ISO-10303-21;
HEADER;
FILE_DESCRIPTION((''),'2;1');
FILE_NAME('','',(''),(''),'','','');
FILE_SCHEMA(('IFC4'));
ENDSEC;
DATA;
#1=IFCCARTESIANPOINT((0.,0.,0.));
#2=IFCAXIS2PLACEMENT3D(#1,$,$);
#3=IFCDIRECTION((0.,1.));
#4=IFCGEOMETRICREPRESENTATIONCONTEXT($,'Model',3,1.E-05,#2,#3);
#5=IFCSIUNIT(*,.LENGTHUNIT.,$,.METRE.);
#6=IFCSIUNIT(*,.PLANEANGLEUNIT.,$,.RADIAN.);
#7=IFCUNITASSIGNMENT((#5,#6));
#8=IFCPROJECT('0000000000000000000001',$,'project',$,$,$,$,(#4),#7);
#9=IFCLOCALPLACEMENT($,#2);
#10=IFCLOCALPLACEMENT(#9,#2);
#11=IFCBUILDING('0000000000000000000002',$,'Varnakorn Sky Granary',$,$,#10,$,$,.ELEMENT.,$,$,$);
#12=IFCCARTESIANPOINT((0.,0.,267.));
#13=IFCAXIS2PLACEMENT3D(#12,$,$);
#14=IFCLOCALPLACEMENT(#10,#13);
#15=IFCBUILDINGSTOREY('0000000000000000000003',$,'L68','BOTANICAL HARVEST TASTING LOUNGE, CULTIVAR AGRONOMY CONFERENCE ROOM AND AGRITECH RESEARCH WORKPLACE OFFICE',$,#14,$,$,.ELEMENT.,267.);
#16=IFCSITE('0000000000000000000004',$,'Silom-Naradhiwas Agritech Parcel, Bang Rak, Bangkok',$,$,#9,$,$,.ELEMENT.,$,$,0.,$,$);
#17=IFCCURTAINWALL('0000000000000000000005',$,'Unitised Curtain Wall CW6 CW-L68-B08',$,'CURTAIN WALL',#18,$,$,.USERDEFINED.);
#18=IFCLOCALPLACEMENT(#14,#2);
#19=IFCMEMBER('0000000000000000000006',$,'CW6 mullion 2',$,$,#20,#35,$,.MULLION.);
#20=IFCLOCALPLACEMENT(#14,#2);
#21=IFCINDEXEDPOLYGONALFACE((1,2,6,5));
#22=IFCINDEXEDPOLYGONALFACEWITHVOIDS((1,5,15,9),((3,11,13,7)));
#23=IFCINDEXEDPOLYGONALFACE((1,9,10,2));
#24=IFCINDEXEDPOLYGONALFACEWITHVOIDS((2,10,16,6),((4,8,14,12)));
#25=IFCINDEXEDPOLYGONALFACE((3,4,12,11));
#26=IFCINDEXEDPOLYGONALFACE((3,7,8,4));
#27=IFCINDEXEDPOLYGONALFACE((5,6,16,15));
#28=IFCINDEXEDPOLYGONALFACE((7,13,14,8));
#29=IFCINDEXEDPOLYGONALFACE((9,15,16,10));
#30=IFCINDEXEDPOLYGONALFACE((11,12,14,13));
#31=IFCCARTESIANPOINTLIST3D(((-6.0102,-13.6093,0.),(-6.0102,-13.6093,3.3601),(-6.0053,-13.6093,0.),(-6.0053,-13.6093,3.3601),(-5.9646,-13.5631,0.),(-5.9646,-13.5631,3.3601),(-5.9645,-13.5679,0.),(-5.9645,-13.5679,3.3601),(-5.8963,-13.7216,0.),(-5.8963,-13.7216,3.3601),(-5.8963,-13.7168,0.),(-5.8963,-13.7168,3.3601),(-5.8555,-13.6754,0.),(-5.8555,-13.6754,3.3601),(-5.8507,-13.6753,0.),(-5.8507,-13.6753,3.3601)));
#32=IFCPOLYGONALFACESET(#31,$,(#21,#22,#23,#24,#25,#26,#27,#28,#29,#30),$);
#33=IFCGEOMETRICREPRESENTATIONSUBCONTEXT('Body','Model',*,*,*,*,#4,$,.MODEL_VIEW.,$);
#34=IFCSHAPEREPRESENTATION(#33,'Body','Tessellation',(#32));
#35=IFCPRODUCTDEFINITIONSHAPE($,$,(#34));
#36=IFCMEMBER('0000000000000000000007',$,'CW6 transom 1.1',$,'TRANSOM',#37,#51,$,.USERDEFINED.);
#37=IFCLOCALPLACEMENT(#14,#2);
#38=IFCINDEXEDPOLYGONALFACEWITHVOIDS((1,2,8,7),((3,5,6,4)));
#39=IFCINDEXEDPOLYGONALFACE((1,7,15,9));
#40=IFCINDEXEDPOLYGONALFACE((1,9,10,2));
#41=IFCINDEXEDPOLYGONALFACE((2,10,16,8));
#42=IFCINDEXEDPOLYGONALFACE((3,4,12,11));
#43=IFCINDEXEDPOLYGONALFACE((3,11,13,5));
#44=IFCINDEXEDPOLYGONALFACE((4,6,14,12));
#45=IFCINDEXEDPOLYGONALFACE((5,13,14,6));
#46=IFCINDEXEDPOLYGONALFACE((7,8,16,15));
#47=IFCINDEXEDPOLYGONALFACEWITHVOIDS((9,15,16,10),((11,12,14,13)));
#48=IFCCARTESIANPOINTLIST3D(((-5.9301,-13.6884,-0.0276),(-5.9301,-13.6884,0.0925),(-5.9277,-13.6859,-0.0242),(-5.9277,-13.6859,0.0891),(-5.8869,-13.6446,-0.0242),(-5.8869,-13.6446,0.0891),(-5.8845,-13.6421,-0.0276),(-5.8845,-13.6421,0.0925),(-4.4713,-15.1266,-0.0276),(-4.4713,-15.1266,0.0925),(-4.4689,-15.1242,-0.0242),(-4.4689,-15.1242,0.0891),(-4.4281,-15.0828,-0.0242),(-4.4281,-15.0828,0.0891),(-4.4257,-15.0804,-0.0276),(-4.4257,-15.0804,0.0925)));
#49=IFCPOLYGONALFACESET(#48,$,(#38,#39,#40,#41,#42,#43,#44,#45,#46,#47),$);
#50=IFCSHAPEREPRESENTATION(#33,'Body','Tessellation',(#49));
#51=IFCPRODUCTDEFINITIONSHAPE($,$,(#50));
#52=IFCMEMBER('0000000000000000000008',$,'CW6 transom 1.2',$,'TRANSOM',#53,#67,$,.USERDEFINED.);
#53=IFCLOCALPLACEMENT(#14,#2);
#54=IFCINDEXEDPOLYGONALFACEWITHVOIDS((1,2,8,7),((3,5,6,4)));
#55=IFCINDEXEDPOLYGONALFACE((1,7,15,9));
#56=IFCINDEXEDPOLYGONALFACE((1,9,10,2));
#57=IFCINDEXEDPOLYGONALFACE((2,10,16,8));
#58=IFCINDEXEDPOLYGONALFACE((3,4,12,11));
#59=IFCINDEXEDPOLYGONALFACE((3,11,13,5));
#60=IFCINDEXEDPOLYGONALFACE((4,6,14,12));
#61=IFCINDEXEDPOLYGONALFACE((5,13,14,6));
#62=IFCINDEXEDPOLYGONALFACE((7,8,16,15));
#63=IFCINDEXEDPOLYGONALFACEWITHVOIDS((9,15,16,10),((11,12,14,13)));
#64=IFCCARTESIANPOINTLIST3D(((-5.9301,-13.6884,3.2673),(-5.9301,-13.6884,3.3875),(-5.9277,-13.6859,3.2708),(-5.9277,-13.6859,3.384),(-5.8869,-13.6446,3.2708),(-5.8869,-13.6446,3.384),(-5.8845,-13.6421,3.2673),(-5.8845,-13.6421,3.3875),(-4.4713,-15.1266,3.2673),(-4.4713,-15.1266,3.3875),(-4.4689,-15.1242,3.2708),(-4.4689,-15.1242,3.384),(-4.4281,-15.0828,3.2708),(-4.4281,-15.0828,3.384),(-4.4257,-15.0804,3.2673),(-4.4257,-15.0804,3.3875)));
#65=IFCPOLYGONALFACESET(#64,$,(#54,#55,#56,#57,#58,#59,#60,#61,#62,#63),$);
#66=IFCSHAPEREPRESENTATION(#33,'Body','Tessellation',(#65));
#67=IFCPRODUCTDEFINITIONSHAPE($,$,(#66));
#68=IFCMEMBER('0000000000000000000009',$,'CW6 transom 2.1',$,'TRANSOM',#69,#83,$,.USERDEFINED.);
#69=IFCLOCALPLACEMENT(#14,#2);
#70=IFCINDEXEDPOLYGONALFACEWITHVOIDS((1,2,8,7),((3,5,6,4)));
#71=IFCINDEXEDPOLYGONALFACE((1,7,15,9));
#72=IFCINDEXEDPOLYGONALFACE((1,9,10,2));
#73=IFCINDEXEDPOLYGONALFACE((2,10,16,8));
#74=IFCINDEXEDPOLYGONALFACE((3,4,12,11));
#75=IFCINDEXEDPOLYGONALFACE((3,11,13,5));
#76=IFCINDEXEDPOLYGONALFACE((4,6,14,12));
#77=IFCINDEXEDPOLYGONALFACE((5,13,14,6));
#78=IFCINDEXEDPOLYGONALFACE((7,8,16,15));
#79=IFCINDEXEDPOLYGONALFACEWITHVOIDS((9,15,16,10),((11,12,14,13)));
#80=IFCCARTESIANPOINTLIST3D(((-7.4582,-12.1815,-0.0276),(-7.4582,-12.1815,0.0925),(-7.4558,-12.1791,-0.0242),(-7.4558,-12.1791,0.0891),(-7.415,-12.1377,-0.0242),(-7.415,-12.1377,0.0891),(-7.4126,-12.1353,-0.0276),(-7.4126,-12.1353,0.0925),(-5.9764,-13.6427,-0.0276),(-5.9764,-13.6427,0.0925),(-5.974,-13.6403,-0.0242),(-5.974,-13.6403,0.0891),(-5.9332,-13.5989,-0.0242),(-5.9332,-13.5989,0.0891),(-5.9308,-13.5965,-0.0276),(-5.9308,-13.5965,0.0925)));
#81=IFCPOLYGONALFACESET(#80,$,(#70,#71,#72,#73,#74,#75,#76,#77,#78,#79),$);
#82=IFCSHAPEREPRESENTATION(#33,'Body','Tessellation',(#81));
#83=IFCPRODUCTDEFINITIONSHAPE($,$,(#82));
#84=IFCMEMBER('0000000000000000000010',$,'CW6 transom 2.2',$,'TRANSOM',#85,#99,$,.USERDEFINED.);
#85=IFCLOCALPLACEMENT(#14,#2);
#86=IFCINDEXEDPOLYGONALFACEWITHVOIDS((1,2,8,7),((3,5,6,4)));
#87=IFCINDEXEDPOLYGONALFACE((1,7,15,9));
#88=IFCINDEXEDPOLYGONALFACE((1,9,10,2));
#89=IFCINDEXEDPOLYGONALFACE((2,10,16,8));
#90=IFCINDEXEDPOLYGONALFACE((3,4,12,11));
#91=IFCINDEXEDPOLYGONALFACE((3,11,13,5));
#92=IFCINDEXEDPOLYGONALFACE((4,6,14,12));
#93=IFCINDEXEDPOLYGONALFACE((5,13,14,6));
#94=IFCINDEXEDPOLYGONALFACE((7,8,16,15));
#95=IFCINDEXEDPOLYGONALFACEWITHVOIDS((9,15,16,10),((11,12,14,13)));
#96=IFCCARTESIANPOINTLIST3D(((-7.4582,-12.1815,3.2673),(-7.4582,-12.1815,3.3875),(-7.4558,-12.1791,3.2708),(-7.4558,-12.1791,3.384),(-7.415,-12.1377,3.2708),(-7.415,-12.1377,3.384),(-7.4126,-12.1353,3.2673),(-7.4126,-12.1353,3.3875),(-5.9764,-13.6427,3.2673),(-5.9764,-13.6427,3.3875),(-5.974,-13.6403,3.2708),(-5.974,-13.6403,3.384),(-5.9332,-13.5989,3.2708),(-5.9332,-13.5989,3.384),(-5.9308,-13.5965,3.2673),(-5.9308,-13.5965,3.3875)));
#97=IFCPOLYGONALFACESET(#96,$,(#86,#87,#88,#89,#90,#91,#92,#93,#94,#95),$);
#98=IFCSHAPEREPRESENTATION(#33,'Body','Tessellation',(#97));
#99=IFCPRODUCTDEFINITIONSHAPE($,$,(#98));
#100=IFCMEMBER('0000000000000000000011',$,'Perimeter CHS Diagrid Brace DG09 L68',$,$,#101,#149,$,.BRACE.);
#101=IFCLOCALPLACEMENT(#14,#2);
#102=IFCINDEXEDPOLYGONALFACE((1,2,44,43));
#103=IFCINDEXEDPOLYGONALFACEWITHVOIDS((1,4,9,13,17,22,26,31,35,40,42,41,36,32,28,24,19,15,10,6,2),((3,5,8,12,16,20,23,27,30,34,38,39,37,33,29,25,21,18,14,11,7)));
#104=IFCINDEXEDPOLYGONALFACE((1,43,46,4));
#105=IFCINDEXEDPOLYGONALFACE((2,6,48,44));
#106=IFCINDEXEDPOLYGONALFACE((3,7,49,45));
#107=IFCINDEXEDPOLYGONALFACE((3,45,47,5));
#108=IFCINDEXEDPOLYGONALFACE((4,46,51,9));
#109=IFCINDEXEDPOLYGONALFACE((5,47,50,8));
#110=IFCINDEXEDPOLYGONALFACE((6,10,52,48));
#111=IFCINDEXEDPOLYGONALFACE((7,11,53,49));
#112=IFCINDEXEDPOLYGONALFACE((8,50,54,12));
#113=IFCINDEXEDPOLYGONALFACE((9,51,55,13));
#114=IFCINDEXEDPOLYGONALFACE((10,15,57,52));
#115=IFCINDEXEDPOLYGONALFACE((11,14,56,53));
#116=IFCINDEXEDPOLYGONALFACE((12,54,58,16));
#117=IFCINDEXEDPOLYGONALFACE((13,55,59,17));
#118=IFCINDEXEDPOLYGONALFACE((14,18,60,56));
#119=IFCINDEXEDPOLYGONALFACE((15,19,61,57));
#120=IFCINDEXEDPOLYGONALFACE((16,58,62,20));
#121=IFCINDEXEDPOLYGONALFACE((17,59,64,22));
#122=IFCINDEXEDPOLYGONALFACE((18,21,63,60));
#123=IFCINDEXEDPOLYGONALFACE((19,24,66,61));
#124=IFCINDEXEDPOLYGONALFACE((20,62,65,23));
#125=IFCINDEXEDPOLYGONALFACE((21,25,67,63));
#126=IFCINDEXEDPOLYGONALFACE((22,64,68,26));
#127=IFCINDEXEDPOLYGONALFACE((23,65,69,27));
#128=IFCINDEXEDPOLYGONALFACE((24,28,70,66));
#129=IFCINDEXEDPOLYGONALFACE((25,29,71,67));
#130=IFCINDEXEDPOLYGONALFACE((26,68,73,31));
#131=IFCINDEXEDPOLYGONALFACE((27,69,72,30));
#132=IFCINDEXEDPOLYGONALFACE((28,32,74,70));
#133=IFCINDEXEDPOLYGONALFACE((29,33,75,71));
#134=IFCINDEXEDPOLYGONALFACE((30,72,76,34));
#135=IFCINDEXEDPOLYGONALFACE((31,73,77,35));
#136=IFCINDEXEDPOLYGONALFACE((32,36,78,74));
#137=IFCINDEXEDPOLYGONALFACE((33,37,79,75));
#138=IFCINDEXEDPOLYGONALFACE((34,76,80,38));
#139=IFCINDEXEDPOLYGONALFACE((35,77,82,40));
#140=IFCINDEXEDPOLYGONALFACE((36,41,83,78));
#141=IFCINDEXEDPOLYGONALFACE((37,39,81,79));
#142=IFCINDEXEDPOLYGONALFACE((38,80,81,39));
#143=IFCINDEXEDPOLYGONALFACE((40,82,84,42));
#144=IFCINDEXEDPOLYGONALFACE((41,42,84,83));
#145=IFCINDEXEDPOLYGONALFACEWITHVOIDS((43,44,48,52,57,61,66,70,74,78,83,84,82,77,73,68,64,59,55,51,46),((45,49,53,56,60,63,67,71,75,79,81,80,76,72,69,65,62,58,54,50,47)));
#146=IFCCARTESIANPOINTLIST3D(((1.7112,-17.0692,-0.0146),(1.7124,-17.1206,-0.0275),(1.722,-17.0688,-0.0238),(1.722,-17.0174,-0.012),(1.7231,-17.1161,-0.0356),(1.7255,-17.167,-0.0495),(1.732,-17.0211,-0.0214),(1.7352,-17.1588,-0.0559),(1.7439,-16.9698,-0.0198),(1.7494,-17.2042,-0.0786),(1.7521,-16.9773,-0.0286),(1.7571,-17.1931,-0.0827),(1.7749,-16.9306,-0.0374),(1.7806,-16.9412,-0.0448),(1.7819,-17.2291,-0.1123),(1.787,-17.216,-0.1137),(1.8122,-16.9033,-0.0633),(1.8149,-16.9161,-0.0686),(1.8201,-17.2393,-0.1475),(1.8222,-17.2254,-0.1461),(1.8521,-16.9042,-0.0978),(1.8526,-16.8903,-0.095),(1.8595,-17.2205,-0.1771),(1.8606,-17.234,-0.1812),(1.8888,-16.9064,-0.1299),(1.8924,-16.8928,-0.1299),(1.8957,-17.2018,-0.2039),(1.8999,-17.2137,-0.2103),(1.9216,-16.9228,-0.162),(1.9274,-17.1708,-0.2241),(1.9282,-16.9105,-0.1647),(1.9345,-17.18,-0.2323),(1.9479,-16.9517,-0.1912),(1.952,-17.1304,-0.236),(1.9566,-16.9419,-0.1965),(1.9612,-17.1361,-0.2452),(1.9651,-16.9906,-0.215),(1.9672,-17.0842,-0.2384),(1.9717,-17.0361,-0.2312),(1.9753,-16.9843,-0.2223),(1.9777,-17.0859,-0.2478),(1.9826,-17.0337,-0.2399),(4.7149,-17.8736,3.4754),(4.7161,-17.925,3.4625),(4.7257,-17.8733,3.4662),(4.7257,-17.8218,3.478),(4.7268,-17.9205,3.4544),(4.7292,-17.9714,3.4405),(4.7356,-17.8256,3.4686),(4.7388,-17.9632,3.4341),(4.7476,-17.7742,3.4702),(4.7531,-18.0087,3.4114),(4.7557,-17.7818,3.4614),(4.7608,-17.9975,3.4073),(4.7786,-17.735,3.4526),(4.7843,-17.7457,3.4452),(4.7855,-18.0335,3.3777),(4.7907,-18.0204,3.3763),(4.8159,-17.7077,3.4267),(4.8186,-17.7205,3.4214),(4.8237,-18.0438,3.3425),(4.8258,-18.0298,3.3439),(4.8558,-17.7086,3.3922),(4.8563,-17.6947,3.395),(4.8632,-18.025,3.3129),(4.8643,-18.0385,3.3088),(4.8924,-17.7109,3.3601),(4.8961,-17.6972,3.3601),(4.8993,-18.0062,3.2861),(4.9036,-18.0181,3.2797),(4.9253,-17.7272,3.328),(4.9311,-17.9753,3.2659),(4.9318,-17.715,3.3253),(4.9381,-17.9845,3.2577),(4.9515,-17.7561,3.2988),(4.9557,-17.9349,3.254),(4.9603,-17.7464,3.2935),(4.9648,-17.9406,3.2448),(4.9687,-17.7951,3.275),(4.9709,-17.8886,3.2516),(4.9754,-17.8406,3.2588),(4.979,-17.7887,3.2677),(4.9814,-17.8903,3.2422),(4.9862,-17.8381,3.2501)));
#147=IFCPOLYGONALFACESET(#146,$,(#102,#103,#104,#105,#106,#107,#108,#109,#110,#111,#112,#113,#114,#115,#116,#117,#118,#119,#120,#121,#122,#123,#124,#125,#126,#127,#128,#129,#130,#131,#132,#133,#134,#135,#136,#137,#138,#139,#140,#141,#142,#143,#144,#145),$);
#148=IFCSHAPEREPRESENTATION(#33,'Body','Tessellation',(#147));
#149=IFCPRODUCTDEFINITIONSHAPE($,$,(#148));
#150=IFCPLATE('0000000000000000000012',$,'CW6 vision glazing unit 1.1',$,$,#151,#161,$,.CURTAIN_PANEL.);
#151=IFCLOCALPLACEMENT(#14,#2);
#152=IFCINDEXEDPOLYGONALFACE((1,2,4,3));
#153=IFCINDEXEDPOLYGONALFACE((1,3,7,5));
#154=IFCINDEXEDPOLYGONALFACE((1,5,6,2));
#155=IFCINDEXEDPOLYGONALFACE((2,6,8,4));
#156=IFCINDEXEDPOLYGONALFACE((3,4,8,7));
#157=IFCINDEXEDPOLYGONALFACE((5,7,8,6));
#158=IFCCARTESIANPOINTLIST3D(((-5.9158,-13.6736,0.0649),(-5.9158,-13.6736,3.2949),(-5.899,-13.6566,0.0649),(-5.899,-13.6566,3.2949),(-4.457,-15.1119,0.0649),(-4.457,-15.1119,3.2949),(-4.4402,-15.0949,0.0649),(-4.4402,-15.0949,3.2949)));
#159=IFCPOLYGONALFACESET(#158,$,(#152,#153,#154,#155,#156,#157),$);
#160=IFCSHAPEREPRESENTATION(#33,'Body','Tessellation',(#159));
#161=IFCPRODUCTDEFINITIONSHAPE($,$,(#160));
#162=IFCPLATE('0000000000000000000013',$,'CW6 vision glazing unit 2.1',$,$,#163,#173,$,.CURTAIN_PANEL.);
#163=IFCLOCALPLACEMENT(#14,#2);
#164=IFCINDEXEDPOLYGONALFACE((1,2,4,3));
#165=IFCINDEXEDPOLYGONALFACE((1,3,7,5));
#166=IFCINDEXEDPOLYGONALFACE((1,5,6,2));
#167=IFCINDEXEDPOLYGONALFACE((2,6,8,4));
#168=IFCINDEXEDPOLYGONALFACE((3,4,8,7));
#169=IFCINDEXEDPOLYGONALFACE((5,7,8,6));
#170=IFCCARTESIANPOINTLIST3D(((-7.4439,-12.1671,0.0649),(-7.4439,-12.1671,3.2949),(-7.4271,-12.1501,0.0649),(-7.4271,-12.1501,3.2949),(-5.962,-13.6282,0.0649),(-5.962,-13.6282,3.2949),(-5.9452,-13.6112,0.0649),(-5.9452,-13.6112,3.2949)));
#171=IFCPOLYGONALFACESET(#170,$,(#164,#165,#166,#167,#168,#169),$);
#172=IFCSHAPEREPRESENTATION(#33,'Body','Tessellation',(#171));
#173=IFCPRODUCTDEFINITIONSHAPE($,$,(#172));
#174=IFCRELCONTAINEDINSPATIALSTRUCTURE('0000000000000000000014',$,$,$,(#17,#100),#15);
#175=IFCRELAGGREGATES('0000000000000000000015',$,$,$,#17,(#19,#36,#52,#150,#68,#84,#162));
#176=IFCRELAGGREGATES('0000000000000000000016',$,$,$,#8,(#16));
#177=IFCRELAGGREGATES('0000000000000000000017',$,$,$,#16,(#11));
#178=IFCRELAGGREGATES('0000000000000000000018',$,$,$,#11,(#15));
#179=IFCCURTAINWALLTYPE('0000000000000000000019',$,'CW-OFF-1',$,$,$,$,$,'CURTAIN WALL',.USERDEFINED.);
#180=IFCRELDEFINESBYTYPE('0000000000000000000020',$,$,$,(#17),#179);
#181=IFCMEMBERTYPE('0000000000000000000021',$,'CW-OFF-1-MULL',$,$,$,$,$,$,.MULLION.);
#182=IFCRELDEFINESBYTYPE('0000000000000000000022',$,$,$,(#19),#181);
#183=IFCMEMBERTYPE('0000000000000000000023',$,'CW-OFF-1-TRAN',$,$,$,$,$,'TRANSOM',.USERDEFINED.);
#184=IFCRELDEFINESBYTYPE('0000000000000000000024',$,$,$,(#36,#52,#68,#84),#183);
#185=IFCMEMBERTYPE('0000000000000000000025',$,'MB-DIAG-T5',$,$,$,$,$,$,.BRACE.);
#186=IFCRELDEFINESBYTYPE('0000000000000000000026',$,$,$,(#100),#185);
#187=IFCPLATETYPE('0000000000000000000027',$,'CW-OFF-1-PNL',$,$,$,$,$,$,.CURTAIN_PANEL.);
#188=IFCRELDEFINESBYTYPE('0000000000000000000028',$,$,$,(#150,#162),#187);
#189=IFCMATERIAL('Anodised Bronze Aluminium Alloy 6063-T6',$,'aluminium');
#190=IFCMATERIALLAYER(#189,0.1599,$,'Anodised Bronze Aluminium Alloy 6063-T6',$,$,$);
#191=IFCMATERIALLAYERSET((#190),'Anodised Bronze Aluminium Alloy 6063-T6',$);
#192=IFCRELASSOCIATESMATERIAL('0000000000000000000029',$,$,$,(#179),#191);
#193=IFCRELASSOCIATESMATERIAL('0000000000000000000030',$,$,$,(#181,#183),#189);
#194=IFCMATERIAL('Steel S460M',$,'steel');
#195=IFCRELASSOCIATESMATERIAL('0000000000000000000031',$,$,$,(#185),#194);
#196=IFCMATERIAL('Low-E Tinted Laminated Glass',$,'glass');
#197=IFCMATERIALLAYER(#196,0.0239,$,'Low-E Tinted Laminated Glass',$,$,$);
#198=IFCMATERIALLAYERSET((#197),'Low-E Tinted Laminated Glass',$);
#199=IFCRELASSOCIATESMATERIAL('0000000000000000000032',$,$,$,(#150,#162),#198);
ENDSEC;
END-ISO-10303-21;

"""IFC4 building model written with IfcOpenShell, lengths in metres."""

from ifc_helpers import new_model, si_unit, direction, frame, origin, origin_2d, place, context, subcontext, project, spatial, rectangle, hollow_rectangle, hollow_circle, extrude, source, transform, mapped, material, layer, layer_set, material_profile, profile_set, type_object, type_shapes, element, aggregate, save


model = new_model("IFC4")

# Units and contexts
model_context = context("Model", 3, precision=1e-05, world=origin(), true_north=direction((0.0, 1.0)))
body_context = subcontext(model_context, "Body", "Model", "MODEL_VIEW")
ifc_project = project(units=[si_unit("LENGTHUNIT", "METRE"), si_unit("PLANEANGLEUNIT", "RADIAN")], contexts=[model_context])

# Site, building, storey
site_placement = place(None, origin())
site = spatial("IfcSite", under=ifc_project, at=site_placement, Name="Silom-Naradhiwas Agritech Parcel, Bang Rak, Bangkok", CompositionType="ELEMENT", RefElevation=0.0)
building_placement = place(site_placement, origin())
building = spatial("IfcBuilding", under=site, at=building_placement, Name="Varnakorn Sky Granary", CompositionType="ELEMENT")
storey_placement = place(building_placement, frame((0.0, 0.0, 267.0)))
storey = spatial("IfcBuildingStorey", under=building, at=storey_placement, Name="L68", Description="BOTANICAL HARVEST TASTING LOUNGE, CULTIVAR AGRONOMY CONFERENCE ROOM AND AGRITECH RESEARCH WORKPLACE OFFICE", CompositionType="ELEMENT", Elevation=267.0)

# Shared definitions
ifc_material_1 = material(Name="Steel S460M", Category="steel")

# Curtain wall, members
ifc_material_2 = material(Name="Anodised Bronze Aluminium Alloy 6063-T6", Category="aluminium")
ifc_layer_1 = layer(ifc_material_2, 0.1599, Name="Anodised Bronze Aluminium Alloy 6063-T6")
ifc_layer_set_1 = layer_set([ifc_layer_1], Name="Anodised Bronze Aluminium Alloy 6063-T6")
curtain_wall_type = type_object("IfcCurtainWallType", Name="CW-OFF-1", ElementType="CURTAIN WALL", PredefinedType="USERDEFINED", material=ifc_layer_set_1)
curtain_wall_placement = place(storey_placement, origin())
curtain_wall = element("IfcCurtainWall", 1, at=curtain_wall_placement, inside=storey, type_object=curtain_wall_type, Name="Unitised Curtain Wall CW6 CW-L68-B08", ObjectType="CURTAIN WALL", PredefinedType="USERDEFINED")
ifc_material_profile_1 = material_profile(ifc_material_2, hollow_rectangle(XDim=0.0649, YDim=0.1599, WallThickness=0.0034, at=origin_2d()), Name="ALU MULL 65x160")
ifc_profile_set_1 = profile_set([ifc_material_profile_1], Name="Anodised Bronze Aluminium Alloy 6063-T6")
member_type_1 = type_object("IfcMemberType", Name="CW-OFF-1-MULL", PredefinedType="MULLION", material=ifc_profile_set_1)
member_1_placement = place(storey_placement, frame((-5.9304, -13.6423, 0.0), z_axis=(0.0, 0.0, 1.0), x_axis=(-0.702091, -0.712087, 0.0)))
member_1 = element("IfcMember", 2, at=member_1_placement, type_object=member_type_1, Name="CW6 mullion 2", PredefinedType="MULLION", context=body_context, shape_type="SweptSolid", body=[
    extrude(hollow_rectangle(XDim=0.0649, YDim=0.1599, WallThickness=0.0034, at=origin_2d()), origin(), (0.0, 0.0, 1.0), 3.3601),
])
ifc_material_profile_2 = material_profile(ifc_material_2, hollow_rectangle(XDim=0.0649, YDim=0.1201, WallThickness=0.0034, at=origin_2d()), Name="ALU TRAN 65x120")
ifc_profile_set_2 = profile_set([ifc_material_profile_2], Name="Anodised Bronze Aluminium Alloy 6063-T6")
member_type_2 = type_object("IfcMemberType", Name="CW-OFF-1-TRAN", ElementType="TRANSOM", PredefinedType="USERDEFINED", material=ifc_profile_set_2)
member_2_placement = place(storey_placement, frame((-4.4485, -15.1035, 0.0325), z_axis=(-0.712095, 0.702084, 0.0), x_axis=(-0.702084, -0.712095, 0.0)))
member_2 = element("IfcMember", 3, at=member_2_placement, type_object=member_type_2, Name="CW6 transom 1.1", ObjectType="TRANSOM", PredefinedType="USERDEFINED", context=body_context, shape_type="SweptSolid", body=[
    extrude(hollow_rectangle(XDim=0.0649, YDim=0.1201, WallThickness=0.0034, at=origin_2d()), origin(), (0.0, 0.0, 1.0), 2.0486),
])
member_3_placement = place(storey_placement, frame((-4.4485, -15.1035, 3.3274), z_axis=(-0.712095, 0.702084, 0.0), x_axis=(-0.702084, -0.712095, 0.0)))
member_3 = element("IfcMember", 4, at=member_3_placement, type_object=member_type_2, Name="CW6 transom 1.2", ObjectType="TRANSOM", PredefinedType="USERDEFINED", context=body_context, shape_type="SweptSolid", body=[
    extrude(hollow_rectangle(XDim=0.0649, YDim=0.1201, WallThickness=0.0034, at=origin_2d()), origin(), (0.0, 0.0, 1.0), 2.0486),
])
member_4_placement = place(storey_placement, frame((-5.9536, -13.6196, 0.0325), z_axis=(-0.712017, 0.702162, 0.0), x_axis=(-0.702162, -0.712017, 0.0)))
member_4 = element("IfcMember", 5, at=member_4_placement, type_object=member_type_2, Name="CW6 transom 2.1", ObjectType="TRANSOM", PredefinedType="USERDEFINED", context=body_context, shape_type="SweptSolid", body=[
    extrude(hollow_rectangle(XDim=0.0649, YDim=0.1201, WallThickness=0.0034, at=origin_2d()), origin(), (0.0, 0.0, 1.0), 2.0811),
])
member_5_placement = place(storey_placement, frame((-5.9536, -13.6196, 3.3274), z_axis=(-0.712017, 0.702162, 0.0), x_axis=(-0.702162, -0.712017, 0.0)))
member_5 = element("IfcMember", 6, at=member_5_placement, type_object=member_type_2, Name="CW6 transom 2.2", ObjectType="TRANSOM", PredefinedType="USERDEFINED", context=body_context, shape_type="SweptSolid", body=[
    extrude(hollow_rectangle(XDim=0.0649, YDim=0.1201, WallThickness=0.0034, at=origin_2d()), origin(), (0.0, 0.0, 1.0), 2.0811),
])

# Member
ifc_material_profile_3 = material_profile(ifc_material_1, hollow_circle(Radius=0.1777, WallThickness=0.0142, at=origin_2d()), Name="CHS 355.6x14")
ifc_profile_set_3 = profile_set([ifc_material_profile_3], Name="Steel S460M")
member_type_3 = type_object("IfcMemberType", Name="MB-DIAG-T5", PredefinedType="BRACE", material=ifc_profile_set_3)
member_6_placement = place(storey_placement, frame((1.8464, -17.0645, -0.1299), z_axis=(0.64259, -0.172099, 0.746633), x_axis=(0.258703, 0.965957, 0.0)))
element("IfcMember", 7, at=member_6_placement, inside=storey, type_object=member_type_3, Name="Perimeter CHS Diagrid Brace DG09 L68", PredefinedType="BRACE", context=body_context, shape_type="SweptSolid", body=[
    extrude(hollow_circle(Radius=0.1777, WallThickness=0.0142, at=origin_2d()), origin(), (0.0, 0.0, 1.0), 4.6743),
])

# Plates
ifc_material_3 = material(Name="Low-E Tinted Laminated Glass", Category="glass")
ifc_layer_2 = layer(ifc_material_3, 0.0239, Name="Low-E Tinted Laminated Glass")
ifc_layer_set_2 = layer_set([ifc_layer_2], Name="Low-E Tinted Laminated Glass")
plate_type = type_object("IfcPlateType", Name="CW-OFF-1-PNL", PredefinedType="CURTAIN_PANEL")
shared_shape_1 = source(origin(), body_context, "Body", "SweptSolid", [
    extrude(rectangle(XDim=2.0486, YDim=0.0239, at=origin_2d()), origin(), (0.0, 0.0, 1.0), 3.23),
])
plate_1_placement = place(storey_placement, frame((-5.178, -14.3843, 0.0649), z_axis=(0.0, 0.0, 1.0), x_axis=(-0.712087, 0.702091, 0.0)))
plate_1 = element("IfcPlate", 8, at=plate_1_placement, type_object=plate_type, material=ifc_layer_set_2, Name="CW6 vision glazing unit 1.1", PredefinedType="CURTAIN_PANEL", context=body_context, shape_type="MappedRepresentation", body=[
    mapped(shared_shape_1, transform((0.0, 0.0, 0.0), x_axis=(1.0, 0.0, 0.0), y_axis=(0.0, 1.0, 0.0), z_axis=(0.0, 0.0, 1.0), scale=1.0)),
])
shared_shape_2 = source(origin(), body_context, "Body", "SweptSolid", [
    extrude(rectangle(XDim=2.0811, YDim=0.0239, at=origin_2d()), origin(), (0.0, 0.0, 1.0), 3.23),
])
type_shapes(plate_type, [shared_shape_1, shared_shape_2])
plate_2_placement = place(storey_placement, frame((-6.6946, -12.8892, 0.0649), z_axis=(0.0, 0.0, 1.0), x_axis=(-0.712087, 0.702091, 0.0)))
plate_2 = element("IfcPlate", 9, at=plate_2_placement, type_object=plate_type, material=ifc_layer_set_2, Name="CW6 vision glazing unit 2.1", PredefinedType="CURTAIN_PANEL", context=body_context, shape_type="MappedRepresentation", body=[
    mapped(shared_shape_2, transform((0.0, 0.0, 0.0), x_axis=(1.0, 0.0, 0.0), y_axis=(0.0, 1.0, 0.0), z_axis=(0.0, 0.0, 1.0), scale=1.0)),
])
aggregate(curtain_wall, [member_1, member_2, member_3, plate_1, member_4, member_5, plate_2])

save(model, "model.ifc")
